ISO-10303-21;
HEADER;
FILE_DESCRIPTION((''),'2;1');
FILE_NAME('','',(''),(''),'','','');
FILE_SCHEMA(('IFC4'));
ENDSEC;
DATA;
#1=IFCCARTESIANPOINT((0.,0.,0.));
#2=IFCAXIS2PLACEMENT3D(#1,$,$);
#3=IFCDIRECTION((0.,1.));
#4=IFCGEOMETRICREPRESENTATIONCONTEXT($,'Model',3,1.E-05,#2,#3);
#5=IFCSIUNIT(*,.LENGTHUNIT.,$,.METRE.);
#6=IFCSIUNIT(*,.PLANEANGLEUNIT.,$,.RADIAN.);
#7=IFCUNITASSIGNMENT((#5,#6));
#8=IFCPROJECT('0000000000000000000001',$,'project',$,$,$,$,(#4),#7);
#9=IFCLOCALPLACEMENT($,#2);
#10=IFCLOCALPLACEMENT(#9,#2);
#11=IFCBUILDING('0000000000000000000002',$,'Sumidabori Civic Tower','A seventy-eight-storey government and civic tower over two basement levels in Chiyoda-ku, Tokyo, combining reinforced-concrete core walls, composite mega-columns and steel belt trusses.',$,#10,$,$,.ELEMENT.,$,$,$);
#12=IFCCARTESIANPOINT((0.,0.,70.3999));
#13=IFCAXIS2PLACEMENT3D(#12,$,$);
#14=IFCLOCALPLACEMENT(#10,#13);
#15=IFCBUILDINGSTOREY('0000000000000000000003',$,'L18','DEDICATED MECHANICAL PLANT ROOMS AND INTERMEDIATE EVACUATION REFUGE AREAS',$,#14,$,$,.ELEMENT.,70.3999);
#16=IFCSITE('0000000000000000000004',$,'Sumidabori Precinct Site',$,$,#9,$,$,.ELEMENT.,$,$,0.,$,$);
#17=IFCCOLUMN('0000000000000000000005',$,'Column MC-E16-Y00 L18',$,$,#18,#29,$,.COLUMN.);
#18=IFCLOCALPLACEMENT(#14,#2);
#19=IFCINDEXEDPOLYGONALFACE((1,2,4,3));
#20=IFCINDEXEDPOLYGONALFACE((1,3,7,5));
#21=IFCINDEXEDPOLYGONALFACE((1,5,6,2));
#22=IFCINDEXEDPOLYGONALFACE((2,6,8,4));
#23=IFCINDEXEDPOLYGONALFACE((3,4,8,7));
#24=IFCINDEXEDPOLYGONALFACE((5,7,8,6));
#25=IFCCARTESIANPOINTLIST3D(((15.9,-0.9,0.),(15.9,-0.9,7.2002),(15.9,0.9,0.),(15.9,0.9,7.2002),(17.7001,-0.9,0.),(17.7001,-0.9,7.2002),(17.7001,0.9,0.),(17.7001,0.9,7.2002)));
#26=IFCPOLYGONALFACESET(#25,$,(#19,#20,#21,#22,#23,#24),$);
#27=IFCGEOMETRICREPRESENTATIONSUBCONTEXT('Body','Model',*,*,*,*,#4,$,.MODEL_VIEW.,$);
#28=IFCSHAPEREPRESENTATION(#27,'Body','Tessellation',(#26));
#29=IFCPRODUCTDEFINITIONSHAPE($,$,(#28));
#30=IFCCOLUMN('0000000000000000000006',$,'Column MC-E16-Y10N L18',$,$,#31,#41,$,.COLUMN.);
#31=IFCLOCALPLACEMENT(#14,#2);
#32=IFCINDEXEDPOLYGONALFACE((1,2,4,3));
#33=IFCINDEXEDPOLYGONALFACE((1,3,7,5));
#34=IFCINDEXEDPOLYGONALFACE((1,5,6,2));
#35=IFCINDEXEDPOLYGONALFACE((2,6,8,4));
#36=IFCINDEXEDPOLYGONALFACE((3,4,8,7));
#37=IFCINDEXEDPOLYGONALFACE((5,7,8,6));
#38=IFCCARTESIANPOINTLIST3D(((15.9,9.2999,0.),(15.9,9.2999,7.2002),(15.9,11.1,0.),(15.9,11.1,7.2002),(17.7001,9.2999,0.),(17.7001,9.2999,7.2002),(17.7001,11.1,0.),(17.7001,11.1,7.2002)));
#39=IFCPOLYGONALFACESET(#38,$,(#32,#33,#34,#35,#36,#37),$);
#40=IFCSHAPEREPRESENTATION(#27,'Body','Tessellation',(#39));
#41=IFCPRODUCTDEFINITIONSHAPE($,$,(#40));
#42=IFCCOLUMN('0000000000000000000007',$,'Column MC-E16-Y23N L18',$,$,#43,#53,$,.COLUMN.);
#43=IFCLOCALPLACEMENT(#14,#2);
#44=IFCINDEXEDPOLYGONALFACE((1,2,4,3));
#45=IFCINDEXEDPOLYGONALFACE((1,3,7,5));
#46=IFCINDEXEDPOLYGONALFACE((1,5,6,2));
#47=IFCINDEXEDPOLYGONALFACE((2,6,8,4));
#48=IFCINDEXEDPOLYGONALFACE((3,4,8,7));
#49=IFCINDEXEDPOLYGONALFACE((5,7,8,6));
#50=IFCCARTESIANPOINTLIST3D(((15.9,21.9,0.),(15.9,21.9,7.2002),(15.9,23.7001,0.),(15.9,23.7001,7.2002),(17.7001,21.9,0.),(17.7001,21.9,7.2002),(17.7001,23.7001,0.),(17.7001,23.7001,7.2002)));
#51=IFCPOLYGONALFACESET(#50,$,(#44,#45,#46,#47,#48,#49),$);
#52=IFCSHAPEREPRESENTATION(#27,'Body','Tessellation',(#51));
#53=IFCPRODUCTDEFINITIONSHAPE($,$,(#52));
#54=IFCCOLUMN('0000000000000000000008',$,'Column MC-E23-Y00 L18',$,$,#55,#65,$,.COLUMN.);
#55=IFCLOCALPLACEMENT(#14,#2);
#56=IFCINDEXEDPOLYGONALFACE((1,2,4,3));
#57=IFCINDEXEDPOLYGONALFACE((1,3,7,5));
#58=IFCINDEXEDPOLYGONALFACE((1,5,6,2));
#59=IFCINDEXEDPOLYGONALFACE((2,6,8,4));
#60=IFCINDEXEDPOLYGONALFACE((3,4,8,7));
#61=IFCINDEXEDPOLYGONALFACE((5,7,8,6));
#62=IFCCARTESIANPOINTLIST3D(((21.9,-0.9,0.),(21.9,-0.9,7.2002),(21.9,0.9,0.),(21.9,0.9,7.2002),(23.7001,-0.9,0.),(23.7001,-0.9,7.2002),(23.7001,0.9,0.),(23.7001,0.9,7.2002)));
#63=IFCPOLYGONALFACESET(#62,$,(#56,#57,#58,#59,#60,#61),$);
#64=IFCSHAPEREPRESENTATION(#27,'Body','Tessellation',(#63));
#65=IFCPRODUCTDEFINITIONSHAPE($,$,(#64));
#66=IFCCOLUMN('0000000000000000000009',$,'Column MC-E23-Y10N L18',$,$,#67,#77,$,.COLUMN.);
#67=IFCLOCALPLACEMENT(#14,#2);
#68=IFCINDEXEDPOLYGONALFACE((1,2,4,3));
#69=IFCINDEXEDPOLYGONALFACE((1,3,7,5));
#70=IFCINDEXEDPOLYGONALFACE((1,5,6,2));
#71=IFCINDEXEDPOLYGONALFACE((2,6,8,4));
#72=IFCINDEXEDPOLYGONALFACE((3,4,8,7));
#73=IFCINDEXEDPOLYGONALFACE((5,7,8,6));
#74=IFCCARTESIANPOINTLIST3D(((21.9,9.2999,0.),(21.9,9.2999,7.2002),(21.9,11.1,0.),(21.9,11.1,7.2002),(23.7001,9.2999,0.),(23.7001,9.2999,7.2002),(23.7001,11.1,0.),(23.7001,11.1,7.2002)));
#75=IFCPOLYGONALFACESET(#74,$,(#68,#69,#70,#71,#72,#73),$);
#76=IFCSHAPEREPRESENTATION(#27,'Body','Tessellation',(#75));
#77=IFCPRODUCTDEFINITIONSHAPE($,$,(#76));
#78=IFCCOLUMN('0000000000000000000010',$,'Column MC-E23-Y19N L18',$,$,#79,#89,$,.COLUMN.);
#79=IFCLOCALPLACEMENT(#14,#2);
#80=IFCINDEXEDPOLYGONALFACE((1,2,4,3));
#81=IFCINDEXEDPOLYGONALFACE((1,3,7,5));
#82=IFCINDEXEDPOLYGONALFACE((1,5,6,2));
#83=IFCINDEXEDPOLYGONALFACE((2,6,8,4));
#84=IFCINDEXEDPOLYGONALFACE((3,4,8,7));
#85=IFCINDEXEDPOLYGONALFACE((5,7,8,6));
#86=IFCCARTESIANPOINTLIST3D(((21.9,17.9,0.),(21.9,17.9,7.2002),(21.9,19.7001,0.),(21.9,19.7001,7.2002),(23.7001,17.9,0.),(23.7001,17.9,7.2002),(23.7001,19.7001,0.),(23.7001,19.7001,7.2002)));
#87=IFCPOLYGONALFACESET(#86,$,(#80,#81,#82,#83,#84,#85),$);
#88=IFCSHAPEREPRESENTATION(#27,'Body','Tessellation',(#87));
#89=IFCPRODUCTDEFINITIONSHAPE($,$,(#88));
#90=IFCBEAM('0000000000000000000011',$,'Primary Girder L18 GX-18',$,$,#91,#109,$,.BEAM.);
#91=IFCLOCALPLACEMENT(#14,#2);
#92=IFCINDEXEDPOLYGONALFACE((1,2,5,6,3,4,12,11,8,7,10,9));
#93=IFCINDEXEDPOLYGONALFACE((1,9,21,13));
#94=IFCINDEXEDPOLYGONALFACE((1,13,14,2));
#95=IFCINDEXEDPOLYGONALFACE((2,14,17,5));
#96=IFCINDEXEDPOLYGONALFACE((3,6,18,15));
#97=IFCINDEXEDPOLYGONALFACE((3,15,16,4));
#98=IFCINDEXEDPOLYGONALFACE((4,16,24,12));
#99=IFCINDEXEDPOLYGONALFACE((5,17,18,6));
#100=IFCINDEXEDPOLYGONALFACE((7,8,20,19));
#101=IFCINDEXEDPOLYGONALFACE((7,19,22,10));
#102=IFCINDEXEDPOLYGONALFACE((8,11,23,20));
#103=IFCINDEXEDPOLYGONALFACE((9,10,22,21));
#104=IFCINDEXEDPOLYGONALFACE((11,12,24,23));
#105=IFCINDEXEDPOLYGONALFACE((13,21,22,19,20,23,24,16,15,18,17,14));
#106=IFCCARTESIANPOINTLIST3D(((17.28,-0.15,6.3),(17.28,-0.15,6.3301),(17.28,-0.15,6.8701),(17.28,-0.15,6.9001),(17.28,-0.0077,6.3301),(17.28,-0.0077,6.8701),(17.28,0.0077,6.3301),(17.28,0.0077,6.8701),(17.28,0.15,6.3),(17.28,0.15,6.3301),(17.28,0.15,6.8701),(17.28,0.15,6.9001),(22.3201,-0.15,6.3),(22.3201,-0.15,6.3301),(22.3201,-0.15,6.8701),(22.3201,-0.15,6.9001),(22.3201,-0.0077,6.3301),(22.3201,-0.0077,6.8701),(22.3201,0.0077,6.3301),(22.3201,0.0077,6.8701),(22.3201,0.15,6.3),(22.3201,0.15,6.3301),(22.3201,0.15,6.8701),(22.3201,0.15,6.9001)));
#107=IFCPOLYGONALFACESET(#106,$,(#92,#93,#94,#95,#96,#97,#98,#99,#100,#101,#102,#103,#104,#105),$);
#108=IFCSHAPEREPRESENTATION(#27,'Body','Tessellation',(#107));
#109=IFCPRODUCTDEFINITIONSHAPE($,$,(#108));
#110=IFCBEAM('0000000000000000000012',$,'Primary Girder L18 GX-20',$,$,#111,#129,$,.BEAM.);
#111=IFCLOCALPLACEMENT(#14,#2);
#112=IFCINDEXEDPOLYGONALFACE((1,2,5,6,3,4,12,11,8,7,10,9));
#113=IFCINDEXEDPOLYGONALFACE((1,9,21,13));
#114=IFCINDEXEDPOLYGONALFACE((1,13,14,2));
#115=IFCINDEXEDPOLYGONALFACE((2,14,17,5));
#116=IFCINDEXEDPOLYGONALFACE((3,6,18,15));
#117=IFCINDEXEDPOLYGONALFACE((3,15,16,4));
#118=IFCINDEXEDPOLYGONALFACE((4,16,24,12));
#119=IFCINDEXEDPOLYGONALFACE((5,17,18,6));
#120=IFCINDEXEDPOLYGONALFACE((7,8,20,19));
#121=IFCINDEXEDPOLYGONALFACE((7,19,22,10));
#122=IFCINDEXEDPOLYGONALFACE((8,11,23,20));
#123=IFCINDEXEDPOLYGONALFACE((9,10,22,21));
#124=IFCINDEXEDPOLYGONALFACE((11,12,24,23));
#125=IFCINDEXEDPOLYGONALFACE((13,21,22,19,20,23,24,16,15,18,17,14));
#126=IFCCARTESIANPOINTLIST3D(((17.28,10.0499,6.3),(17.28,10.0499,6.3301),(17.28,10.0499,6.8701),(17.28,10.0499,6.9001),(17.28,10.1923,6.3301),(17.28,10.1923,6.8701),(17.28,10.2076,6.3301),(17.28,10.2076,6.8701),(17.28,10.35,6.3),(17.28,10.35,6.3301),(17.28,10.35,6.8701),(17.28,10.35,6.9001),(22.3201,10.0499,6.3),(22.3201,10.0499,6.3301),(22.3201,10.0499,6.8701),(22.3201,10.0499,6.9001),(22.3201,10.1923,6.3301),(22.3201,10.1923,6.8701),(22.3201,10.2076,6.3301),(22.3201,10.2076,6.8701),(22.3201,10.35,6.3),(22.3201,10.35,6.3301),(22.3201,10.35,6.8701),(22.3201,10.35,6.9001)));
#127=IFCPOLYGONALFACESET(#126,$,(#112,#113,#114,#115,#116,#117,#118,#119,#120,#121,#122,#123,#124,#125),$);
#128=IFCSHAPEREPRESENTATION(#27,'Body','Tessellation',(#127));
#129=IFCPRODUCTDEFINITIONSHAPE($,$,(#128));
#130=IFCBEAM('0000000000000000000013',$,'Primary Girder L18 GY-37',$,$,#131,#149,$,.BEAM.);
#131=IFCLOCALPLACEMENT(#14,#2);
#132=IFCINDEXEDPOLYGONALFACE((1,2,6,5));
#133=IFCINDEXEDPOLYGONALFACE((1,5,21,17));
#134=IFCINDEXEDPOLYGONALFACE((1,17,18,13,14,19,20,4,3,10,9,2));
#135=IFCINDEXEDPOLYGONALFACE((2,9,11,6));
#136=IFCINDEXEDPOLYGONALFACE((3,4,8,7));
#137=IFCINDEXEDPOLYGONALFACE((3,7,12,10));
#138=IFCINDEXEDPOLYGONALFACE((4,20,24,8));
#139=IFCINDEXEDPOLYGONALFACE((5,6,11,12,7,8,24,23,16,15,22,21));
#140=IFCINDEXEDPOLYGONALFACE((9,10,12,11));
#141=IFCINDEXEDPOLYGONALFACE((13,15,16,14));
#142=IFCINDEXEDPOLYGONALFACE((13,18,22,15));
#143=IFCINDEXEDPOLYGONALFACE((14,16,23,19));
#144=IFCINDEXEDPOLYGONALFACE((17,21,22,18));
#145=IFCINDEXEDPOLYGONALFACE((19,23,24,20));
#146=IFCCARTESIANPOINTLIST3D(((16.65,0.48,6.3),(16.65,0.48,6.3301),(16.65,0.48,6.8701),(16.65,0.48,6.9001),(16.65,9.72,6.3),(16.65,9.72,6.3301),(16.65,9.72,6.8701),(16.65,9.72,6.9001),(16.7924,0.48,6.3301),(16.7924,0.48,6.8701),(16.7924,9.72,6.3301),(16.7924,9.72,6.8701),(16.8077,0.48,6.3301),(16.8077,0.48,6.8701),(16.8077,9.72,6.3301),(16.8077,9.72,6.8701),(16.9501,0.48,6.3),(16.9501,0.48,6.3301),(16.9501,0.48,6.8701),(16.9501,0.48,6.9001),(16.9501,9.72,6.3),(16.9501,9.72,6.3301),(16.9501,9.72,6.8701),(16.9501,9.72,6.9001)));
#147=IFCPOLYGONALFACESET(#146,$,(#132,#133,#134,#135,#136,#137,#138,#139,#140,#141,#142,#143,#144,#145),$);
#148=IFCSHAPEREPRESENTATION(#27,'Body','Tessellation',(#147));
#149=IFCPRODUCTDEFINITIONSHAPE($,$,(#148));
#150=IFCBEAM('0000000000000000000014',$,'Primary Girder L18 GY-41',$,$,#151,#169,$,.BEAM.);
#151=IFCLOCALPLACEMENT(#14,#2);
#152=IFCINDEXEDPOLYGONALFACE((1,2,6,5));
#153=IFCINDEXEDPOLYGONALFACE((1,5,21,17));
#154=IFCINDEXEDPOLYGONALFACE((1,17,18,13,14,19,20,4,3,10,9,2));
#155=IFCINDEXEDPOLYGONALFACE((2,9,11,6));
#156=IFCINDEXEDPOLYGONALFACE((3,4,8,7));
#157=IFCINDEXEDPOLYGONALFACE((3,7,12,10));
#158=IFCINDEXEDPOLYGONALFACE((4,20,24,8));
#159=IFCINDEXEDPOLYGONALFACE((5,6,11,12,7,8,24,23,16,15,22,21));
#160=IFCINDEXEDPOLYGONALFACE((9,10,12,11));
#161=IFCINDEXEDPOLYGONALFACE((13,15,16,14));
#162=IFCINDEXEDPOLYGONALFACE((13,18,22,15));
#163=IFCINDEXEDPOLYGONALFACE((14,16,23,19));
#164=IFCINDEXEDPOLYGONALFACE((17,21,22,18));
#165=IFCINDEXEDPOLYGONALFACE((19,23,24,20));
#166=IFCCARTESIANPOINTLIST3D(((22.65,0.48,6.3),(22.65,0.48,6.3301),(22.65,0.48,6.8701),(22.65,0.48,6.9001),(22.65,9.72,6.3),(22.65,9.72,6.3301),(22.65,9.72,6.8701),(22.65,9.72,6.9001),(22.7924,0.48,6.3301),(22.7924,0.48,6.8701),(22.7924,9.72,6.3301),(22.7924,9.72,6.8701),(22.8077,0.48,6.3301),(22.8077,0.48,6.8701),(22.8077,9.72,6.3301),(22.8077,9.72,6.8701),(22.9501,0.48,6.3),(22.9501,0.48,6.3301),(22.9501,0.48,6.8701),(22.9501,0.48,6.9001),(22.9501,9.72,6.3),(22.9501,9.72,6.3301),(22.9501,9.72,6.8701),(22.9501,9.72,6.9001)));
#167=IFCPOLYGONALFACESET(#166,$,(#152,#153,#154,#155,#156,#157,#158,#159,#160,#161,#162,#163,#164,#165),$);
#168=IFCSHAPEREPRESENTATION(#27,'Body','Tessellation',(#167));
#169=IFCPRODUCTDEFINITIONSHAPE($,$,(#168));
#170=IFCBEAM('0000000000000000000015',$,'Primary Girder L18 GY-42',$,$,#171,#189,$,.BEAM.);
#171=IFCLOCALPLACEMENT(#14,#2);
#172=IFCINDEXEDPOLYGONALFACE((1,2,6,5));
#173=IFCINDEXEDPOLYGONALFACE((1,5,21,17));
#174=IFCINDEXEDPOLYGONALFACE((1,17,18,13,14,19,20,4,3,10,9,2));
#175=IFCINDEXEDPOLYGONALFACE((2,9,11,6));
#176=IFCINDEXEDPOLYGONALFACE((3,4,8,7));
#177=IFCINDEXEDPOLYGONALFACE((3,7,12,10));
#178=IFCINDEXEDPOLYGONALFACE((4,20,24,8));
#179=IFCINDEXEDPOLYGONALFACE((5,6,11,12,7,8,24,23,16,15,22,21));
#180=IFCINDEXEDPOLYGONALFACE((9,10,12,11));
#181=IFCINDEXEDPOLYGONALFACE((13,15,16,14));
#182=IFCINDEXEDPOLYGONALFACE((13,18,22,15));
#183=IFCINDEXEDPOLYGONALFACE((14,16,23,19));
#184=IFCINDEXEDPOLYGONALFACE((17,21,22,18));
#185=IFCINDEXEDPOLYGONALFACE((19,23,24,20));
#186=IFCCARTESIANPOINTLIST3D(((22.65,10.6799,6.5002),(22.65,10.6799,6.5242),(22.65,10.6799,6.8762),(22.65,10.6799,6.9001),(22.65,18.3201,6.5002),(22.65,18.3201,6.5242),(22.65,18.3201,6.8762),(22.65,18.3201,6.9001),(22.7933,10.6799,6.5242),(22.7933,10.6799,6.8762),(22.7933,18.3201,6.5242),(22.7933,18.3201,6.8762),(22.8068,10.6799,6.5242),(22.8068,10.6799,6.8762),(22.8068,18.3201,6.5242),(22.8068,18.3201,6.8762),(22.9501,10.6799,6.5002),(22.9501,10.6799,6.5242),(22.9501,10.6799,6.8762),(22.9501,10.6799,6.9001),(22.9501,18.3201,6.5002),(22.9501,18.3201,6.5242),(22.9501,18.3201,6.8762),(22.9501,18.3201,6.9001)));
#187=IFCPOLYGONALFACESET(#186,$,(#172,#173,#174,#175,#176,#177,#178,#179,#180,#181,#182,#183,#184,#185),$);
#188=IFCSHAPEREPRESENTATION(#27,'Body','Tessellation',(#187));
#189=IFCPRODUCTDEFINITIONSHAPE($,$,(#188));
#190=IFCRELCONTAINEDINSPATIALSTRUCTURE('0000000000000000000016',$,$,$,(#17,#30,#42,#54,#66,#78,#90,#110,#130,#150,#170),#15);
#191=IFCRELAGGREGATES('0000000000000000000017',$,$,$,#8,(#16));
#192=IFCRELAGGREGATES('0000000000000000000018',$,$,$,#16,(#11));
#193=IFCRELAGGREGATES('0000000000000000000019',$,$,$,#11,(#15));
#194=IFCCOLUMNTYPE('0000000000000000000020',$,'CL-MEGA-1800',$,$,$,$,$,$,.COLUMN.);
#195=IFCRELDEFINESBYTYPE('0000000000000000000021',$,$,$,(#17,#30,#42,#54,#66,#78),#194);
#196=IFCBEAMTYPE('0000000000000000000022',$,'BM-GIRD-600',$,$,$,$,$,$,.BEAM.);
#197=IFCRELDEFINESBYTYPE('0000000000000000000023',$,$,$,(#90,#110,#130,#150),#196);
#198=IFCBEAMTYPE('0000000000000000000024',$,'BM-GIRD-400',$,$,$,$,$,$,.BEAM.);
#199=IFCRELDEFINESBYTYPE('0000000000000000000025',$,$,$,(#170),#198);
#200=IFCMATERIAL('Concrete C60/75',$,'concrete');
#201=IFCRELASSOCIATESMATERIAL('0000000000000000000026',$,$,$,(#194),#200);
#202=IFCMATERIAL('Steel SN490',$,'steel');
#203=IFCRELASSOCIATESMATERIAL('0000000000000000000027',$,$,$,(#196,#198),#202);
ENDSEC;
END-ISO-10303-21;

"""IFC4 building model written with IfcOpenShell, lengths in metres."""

from ifc_helpers import new_model, si_unit, direction, frame, origin, origin_2d, place, context, subcontext, project, spatial, rectangle, i_section, extrude, source, transform, mapped, material, material_profile, profile_set, type_object, element, save


model = new_model("IFC4")

# Units and contexts
model_context = context("Model", 3, precision=1e-05, world=origin(), true_north=direction((0.0, 1.0)))
body_context = subcontext(model_context, "Body", "Model", "MODEL_VIEW")
ifc_project = project(units=[si_unit("LENGTHUNIT", "METRE"), si_unit("PLANEANGLEUNIT", "RADIAN")], contexts=[model_context])

# Site, building, storey
site_placement = place(None, origin())
site = spatial("IfcSite", under=ifc_project, at=site_placement, Name="Sumidabori Precinct Site", CompositionType="ELEMENT", RefElevation=0.0)
building_placement = place(site_placement, origin())
building = spatial("IfcBuilding", under=site, at=building_placement, Name="Sumidabori Civic Tower", Description="A seventy-eight-storey government and civic tower over two basement levels in Chiyoda-ku, Tokyo, combining reinforced-concrete core walls, composite mega-columns and steel belt trusses.", CompositionType="ELEMENT")
storey_placement = place(building_placement, frame((0.0, 0.0, 70.3999)))
storey = spatial("IfcBuildingStorey", under=building, at=storey_placement, Name="L18", Description="DEDICATED MECHANICAL PLANT ROOMS AND INTERMEDIATE EVACUATION REFUGE AREAS", CompositionType="ELEMENT", Elevation=70.3999)

# Columns
ifc_material_1 = material(Name="Concrete C60/75", Category="concrete")
ifc_material_profile_1 = material_profile(ifc_material_1, rectangle(XDim=1.8, YDim=1.8, at=origin_2d()), Name="RC 1800x1800")
ifc_profile_set_1 = profile_set([ifc_material_profile_1], Name="Concrete C60/75")
column_type = type_object("IfcColumnType", Name="CL-MEGA-1800", PredefinedType="COLUMN", material=ifc_profile_set_1)
shared_shape_1 = source(origin(), body_context, "Body", "SweptSolid", [
    extrude(rectangle(XDim=1.8, YDim=1.8, at=origin_2d()), origin(), (0.0, 0.0, 1.0), 7.2002),
])
for number, where, z_axis, x_axis, name in (
    (1, (16.8, 0.0, 0.0), (0.0, 0.0, 1.0), (1.0, 0.0, 0.0), "Column MC-E16-Y00 L18"),
    (2, (16.8, 10.2, 0.0), (0.0, 0.0, 1.0), (1.0, 0.0, 0.0), "Column MC-E16-Y10N L18"),
    (3, (16.8, 22.8, 0.0), (0.0, 0.0, 1.0), (1.0, 0.0, 0.0), "Column MC-E16-Y23N L18"),
    (4, (22.8, 0.0, 0.0), (0.0, 0.0, 1.0), (1.0, 0.0, 0.0), "Column MC-E23-Y00 L18"),
    (5, (22.8, 10.2, 0.0), (0.0, 0.0, 1.0), (1.0, 0.0, 0.0), "Column MC-E23-Y10N L18"),
    (6, (22.8, 18.8, 0.0), (0.0, 0.0, 1.0), (1.0, 0.0, 0.0), "Column MC-E23-Y19N L18"),
):
    element("IfcColumn", number, at=place(storey_placement, frame(where, z_axis=z_axis, x_axis=x_axis)), inside=storey, type_object=column_type, Name=name, PredefinedType="COLUMN", context=body_context, shape_type="MappedRepresentation", body=[
        mapped(shared_shape_1, transform((0.0, 0.0, 0.0), x_axis=(1.0, 0.0, 0.0), y_axis=(0.0, 1.0, 0.0), z_axis=(0.0, 0.0, 1.0), scale=1.0)),
    ])

# Beams
ifc_material_2 = material(Name="Steel SN490", Category="steel")
ifc_material_profile_2 = material_profile(ifc_material_2, i_section(OverallWidth=0.3, OverallDepth=0.6001, WebThickness=0.0154, FlangeThickness=0.03, at=origin_2d()), Name="HE 600 B")
ifc_profile_set_2 = profile_set([ifc_material_profile_2], Name="Steel SN490")
beam_type_1 = type_object("IfcBeamType", Name="BM-GIRD-600", PredefinedType="BEAM", material=ifc_profile_set_2)
shared_shape_2 = source(origin(), body_context, "Body", "SweptSolid", [
    extrude(i_section(OverallWidth=0.3, OverallDepth=0.6001, WebThickness=0.0154, FlangeThickness=0.03, at=origin_2d()), origin(), (0.0, 0.0, 1.0), 5.04),
])
for number, where, z_axis, x_axis, name in (
    (7, (17.28, 0.0, 6.6001), (1.0, 0.0, 0.0), (0.0, 1.0, 0.0), "Primary Girder L18 GX-18"),
    (8, (17.28, 10.2, 6.6001), (1.0, 0.0, 0.0), (0.0, 1.0, 0.0), "Primary Girder L18 GX-20"),
):
    element("IfcBeam", number, at=place(storey_placement, frame(where, z_axis=z_axis, x_axis=x_axis)), inside=storey, type_object=beam_type_1, Name=name, PredefinedType="BEAM", context=body_context, shape_type="MappedRepresentation", body=[
        mapped(shared_shape_2, transform((0.0, 0.0, 0.0), x_axis=(1.0, 0.0, 0.0), y_axis=(0.0, 1.0, 0.0), z_axis=(0.0, 0.0, 1.0), scale=1.0)),
    ])
shared_shape_3 = source(origin(), body_context, "Body", "SweptSolid", [
    extrude(i_section(OverallWidth=0.3, OverallDepth=0.6001, WebThickness=0.0154, FlangeThickness=0.03, at=origin_2d()), origin(), (0.0, 0.0, 1.0), 9.24),
])
for number, where, z_axis, x_axis, name in (
    (9, (16.8, 0.48, 6.6001), (0.0, 1.0, 0.0), (-1.0, 0.0, 0.0), "Primary Girder L18 GY-37"),
    (10, (22.8, 0.48, 6.6001), (0.0, 1.0, 0.0), (-1.0, 0.0, 0.0), "Primary Girder L18 GY-41"),
):
    element("IfcBeam", number, at=place(storey_placement, frame(where, z_axis=z_axis, x_axis=x_axis)), inside=storey, type_object=beam_type_1, Name=name, PredefinedType="BEAM", context=body_context, shape_type="MappedRepresentation", body=[
        mapped(shared_shape_3, transform((0.0, 0.0, 0.0), x_axis=(1.0, 0.0, 0.0), y_axis=(0.0, 1.0, 0.0), z_axis=(0.0, 0.0, 1.0), scale=1.0)),
    ])
ifc_material_profile_3 = material_profile(ifc_material_2, i_section(OverallWidth=0.3, OverallDepth=0.3999, WebThickness=0.0134, FlangeThickness=0.0239, at=origin_2d()), Name="HE 400 B")
ifc_profile_set_3 = profile_set([ifc_material_profile_3], Name="Steel SN490")
beam_type_2 = type_object("IfcBeamType", Name="BM-GIRD-400", PredefinedType="BEAM", material=ifc_profile_set_3)
shared_shape_4 = source(origin(), body_context, "Body", "SweptSolid", [
    extrude(i_section(OverallWidth=0.3, OverallDepth=0.3999, WebThickness=0.0134, FlangeThickness=0.0239, at=origin_2d()), origin(), (0.0, 0.0, 1.0), 7.6401),
])
beam_1_placement = place(storey_placement, frame((22.8, 10.6799, 6.7002), z_axis=(0.0, 1.0, 0.0), x_axis=(-1.0, 0.0, 0.0)))
element("IfcBeam", 11, at=beam_1_placement, inside=storey, type_object=beam_type_2, Name="Primary Girder L18 GY-42", PredefinedType="BEAM", context=body_context, shape_type="MappedRepresentation", body=[
    mapped(shared_shape_4, transform((0.0, 0.0, 0.0), x_axis=(1.0, 0.0, 0.0), y_axis=(0.0, 1.0, 0.0), z_axis=(0.0, 0.0, 1.0), scale=1.0)),
])

save(model, "model.ifc")
